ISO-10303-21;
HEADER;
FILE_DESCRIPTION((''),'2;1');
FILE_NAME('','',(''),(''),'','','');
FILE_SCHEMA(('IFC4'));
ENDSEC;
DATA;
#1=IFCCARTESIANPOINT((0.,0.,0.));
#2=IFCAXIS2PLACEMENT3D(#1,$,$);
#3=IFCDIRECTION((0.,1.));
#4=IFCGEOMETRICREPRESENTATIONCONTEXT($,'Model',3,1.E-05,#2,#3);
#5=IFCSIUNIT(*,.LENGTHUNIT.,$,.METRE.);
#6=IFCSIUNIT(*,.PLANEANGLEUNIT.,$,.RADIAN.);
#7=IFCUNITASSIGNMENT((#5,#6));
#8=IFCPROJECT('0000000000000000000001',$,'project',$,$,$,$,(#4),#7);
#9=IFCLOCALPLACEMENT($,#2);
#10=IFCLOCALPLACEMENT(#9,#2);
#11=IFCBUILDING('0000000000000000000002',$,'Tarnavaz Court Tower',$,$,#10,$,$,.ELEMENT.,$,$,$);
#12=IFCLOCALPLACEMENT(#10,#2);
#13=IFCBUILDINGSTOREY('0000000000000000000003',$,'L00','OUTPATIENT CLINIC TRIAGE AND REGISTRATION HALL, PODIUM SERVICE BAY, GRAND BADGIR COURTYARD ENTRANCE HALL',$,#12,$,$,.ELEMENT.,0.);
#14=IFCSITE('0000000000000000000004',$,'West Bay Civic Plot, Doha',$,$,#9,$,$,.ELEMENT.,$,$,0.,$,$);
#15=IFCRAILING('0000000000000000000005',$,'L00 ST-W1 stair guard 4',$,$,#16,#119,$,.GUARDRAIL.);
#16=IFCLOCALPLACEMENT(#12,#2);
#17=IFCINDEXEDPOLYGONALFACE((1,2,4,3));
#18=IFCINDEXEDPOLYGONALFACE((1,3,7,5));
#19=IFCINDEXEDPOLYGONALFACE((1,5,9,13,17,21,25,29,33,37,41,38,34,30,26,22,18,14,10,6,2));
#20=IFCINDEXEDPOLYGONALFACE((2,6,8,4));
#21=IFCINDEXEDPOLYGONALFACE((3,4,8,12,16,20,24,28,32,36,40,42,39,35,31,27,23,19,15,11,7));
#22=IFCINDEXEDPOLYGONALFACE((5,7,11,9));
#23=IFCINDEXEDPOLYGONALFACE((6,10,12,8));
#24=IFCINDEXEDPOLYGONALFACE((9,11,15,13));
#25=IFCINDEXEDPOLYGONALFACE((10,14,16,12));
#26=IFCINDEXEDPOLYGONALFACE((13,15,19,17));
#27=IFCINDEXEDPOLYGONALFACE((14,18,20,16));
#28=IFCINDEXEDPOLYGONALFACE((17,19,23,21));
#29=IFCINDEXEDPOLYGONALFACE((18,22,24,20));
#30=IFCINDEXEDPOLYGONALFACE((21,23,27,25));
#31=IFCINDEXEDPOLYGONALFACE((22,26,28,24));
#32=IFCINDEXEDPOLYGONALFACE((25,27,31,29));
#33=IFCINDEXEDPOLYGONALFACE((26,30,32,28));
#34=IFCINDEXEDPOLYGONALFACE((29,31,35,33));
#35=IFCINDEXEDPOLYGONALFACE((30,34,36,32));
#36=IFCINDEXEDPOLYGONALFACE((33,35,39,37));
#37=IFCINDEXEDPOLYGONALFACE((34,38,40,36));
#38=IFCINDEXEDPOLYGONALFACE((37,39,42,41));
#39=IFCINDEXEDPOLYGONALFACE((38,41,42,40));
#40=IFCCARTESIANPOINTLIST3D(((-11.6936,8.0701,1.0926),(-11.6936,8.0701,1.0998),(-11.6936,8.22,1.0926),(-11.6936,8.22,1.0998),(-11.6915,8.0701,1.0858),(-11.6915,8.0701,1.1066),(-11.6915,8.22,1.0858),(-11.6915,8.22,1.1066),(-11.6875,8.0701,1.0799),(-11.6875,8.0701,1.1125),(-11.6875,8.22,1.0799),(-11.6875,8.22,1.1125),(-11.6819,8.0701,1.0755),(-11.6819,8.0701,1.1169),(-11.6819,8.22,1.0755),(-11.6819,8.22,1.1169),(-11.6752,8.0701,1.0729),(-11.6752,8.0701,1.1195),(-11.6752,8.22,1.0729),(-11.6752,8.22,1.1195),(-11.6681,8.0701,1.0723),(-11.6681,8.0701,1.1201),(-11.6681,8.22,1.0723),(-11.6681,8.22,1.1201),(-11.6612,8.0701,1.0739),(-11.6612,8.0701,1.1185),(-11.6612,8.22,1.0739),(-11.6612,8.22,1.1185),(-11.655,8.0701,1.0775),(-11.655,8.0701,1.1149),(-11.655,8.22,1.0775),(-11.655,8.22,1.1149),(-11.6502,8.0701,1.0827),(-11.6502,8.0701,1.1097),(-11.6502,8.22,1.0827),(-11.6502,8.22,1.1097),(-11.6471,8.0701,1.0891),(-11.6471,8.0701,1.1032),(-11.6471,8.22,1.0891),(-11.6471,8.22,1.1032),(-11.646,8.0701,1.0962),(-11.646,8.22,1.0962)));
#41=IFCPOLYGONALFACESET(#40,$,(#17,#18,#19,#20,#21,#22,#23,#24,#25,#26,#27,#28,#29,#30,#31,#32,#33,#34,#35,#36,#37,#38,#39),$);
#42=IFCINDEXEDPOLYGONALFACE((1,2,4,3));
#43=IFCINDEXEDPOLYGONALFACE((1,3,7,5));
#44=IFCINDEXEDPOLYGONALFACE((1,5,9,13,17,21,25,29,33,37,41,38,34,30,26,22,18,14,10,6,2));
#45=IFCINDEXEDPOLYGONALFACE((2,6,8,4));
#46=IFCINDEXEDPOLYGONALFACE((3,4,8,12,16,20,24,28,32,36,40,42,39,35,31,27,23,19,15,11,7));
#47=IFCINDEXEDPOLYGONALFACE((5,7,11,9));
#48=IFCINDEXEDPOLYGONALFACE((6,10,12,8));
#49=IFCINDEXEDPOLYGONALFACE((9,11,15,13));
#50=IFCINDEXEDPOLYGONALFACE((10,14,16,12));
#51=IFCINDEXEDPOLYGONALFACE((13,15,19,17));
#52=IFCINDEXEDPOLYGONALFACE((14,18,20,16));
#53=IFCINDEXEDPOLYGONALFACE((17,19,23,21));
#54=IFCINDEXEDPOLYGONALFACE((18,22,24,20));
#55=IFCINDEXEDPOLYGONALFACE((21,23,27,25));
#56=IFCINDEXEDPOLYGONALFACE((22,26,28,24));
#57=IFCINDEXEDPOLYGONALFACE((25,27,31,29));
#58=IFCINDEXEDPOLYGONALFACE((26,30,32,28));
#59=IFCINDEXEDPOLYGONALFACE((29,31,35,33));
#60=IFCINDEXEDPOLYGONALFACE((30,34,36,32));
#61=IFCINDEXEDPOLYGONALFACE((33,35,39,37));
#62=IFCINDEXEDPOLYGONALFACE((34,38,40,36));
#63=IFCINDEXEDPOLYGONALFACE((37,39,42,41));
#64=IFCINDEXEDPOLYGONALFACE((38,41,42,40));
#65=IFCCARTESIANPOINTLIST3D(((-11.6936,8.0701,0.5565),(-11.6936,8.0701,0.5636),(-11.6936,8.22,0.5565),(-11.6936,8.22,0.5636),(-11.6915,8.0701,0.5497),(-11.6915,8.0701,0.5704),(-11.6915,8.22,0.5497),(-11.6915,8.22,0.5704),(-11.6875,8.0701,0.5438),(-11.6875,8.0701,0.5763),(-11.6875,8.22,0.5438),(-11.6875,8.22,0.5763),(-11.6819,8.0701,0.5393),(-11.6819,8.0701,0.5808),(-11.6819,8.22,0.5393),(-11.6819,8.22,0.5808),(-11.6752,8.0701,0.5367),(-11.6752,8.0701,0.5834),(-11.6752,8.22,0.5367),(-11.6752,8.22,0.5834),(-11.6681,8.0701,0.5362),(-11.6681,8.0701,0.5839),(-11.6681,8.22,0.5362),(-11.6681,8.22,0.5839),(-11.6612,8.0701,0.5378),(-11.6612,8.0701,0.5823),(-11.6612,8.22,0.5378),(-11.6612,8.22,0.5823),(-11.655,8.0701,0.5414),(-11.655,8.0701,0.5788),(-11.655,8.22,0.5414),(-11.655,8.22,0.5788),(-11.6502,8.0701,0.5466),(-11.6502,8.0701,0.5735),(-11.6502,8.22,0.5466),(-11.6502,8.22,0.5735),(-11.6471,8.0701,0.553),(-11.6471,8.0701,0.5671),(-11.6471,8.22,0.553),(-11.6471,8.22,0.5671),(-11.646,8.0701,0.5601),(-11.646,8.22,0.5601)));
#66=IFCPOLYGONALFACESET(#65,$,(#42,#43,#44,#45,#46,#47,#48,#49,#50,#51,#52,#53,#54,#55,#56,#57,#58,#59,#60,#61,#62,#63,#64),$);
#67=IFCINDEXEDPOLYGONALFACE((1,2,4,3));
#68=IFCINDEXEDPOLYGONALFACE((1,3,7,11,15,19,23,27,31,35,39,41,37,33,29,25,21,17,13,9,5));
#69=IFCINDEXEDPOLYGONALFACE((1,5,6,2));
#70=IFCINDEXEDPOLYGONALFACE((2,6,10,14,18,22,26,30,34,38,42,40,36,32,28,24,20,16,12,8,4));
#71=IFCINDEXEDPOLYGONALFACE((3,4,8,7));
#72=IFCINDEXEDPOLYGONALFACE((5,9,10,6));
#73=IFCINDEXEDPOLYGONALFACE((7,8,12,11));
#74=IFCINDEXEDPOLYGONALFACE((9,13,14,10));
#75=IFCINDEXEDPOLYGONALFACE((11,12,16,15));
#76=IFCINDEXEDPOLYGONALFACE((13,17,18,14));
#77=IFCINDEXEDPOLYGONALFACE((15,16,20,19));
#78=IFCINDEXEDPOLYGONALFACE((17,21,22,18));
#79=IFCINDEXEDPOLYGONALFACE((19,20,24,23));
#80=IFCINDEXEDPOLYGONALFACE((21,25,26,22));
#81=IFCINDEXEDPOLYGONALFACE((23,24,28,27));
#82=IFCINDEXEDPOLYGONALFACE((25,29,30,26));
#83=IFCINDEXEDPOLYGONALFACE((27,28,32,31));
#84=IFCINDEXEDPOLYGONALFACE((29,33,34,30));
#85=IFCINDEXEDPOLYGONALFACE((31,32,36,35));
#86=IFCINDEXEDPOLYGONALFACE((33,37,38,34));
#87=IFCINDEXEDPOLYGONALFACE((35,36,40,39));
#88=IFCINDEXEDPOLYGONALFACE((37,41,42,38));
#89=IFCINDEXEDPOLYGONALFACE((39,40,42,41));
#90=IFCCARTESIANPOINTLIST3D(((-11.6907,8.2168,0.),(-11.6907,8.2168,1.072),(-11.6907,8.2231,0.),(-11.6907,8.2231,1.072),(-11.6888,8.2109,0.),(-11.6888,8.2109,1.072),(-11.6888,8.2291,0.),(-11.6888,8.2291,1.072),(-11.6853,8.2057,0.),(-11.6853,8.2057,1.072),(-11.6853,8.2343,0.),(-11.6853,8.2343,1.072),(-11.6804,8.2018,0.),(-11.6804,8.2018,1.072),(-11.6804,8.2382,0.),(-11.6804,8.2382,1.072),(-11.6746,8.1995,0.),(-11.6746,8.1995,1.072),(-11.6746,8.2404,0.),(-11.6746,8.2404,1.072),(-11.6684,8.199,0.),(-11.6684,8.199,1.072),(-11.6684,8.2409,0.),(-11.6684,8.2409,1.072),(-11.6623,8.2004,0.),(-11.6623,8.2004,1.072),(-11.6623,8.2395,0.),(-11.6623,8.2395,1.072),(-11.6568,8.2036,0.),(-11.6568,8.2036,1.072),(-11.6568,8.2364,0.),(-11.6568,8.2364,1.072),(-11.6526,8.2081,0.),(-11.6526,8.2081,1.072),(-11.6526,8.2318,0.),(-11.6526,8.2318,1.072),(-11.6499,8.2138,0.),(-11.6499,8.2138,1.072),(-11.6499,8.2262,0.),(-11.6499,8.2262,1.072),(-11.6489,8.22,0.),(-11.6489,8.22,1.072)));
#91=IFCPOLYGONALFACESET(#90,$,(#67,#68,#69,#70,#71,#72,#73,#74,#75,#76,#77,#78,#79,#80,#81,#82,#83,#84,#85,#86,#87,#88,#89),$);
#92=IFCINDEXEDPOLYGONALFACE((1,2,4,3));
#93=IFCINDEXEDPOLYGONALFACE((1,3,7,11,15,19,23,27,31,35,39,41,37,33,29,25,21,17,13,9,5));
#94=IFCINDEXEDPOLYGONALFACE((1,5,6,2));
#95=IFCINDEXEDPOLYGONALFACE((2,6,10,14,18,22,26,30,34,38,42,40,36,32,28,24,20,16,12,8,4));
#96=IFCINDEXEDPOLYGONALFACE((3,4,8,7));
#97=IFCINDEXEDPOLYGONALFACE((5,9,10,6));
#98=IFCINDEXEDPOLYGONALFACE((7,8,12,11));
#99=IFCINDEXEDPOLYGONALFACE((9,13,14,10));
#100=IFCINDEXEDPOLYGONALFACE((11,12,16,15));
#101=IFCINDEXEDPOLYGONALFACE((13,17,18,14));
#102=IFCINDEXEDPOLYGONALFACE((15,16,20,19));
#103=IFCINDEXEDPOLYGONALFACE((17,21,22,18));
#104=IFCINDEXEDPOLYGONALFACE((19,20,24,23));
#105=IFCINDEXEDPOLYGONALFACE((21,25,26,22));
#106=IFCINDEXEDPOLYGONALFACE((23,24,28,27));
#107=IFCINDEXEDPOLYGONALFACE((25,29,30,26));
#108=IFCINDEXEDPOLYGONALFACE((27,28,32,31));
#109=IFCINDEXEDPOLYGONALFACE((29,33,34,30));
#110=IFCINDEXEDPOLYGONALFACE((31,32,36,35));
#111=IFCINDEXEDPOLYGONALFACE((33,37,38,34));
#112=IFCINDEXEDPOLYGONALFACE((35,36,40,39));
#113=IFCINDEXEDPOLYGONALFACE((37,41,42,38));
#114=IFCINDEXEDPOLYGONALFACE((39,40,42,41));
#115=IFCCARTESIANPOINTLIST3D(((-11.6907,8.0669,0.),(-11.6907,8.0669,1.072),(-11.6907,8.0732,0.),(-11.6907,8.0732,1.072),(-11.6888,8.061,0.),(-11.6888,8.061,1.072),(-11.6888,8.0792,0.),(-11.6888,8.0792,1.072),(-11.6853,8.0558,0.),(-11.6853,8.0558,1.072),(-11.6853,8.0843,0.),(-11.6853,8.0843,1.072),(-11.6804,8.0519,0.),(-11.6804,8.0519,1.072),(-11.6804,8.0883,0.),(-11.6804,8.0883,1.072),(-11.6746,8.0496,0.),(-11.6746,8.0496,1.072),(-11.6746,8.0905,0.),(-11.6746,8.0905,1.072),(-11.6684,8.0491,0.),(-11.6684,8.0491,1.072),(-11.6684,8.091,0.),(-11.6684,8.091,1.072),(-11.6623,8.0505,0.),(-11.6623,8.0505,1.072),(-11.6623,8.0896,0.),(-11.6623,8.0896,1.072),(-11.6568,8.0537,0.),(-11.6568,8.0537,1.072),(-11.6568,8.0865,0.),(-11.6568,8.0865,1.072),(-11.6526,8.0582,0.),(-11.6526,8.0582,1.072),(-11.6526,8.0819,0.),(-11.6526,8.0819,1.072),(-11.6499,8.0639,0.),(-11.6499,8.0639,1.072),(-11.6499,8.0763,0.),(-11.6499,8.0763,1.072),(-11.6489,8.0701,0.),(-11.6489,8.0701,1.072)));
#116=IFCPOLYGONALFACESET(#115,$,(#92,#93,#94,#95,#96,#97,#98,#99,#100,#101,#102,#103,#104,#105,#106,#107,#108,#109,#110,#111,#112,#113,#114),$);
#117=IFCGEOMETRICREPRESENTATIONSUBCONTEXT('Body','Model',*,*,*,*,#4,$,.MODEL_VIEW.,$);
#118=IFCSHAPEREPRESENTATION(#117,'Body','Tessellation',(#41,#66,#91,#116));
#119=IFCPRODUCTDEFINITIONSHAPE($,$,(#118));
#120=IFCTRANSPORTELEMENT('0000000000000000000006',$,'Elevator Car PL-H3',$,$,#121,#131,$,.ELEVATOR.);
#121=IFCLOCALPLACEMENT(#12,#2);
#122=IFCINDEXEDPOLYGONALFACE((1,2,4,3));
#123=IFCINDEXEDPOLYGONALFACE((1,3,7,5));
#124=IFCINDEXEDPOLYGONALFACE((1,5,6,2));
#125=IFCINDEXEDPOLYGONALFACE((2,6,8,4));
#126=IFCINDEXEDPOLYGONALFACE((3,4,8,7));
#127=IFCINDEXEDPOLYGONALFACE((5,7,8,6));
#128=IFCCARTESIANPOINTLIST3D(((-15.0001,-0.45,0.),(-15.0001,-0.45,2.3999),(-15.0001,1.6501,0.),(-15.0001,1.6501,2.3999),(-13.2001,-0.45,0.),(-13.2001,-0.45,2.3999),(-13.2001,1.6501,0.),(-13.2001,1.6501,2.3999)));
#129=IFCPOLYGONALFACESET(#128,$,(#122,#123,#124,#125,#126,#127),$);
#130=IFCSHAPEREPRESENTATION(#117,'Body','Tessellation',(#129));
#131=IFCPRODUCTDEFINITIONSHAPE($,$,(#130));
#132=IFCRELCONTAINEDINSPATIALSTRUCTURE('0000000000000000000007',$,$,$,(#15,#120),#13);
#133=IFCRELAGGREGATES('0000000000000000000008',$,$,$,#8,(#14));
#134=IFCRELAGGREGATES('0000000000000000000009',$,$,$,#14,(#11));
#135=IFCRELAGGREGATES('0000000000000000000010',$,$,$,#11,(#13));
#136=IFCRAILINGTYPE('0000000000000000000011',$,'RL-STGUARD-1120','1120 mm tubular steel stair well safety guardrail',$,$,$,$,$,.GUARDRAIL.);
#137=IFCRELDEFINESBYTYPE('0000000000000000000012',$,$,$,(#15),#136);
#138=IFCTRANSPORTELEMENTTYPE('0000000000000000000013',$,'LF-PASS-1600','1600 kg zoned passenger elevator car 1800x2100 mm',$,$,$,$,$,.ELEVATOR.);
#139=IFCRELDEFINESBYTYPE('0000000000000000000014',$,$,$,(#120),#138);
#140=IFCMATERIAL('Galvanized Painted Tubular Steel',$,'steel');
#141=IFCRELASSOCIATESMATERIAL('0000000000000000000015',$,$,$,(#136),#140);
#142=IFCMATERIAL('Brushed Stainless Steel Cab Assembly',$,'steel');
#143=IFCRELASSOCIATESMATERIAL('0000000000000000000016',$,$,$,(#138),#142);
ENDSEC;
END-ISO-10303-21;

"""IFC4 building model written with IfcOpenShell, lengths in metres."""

from ifc_helpers import new_model, si_unit, direction, frame, origin, origin_2d, place, context, subcontext, project, spatial, rectangle, circle, extrude, material, type_object, element, save


model = new_model("IFC4")

# Units and contexts
model_context = context("Model", 3, precision=1e-05, world=origin(), true_north=direction((0.0, 1.0)))
body_context = subcontext(model_context, "Body", "Model", "MODEL_VIEW")
ifc_project = project(units=[si_unit("LENGTHUNIT", "METRE"), si_unit("PLANEANGLEUNIT", "RADIAN")], contexts=[model_context])

# Site, building, storey
site_placement = place(None, origin())
site = spatial("IfcSite", under=ifc_project, at=site_placement, Name="West Bay Civic Plot, Doha", CompositionType="ELEMENT", RefElevation=0.0)
building_placement = place(site_placement, origin())
building = spatial("IfcBuilding", under=site, at=building_placement, Name="Tarnavaz Court Tower", CompositionType="ELEMENT")
storey_placement = place(building_placement, origin())
storey = spatial("IfcBuildingStorey", under=building, at=storey_placement, Name="L00", Description="OUTPATIENT CLINIC TRIAGE AND REGISTRATION HALL, PODIUM SERVICE BAY, GRAND BADGIR COURTYARD ENTRANCE HALL", CompositionType="ELEMENT", Elevation=0.0)

# Railing
ifc_material_1 = material(Name="Galvanized Painted Tubular Steel", Category="steel")
railing_type_1 = type_object("IfcRailingType", Name="RL-STGUARD-1120", Description="1120 mm tubular steel stair well safety guardrail", PredefinedType="GUARDRAIL", material=ifc_material_1)
railing_1_placement = place(storey_placement, frame((-11.6699, 8.22, 0.0)))
element("IfcRailing", 1, at=railing_1_placement, inside=storey, type_object=railing_type_1, Name="L00 ST-W1 stair guard 4", PredefinedType="GUARDRAIL", context=body_context, shape_type="SweptSolid", body=[
    extrude(circle(Radius=0.0239, at=origin_2d()), frame((0.0, 0.0, 1.0962), z_axis=(0.0, -1.0, 0.0), x_axis=(1.0, 0.0, 0.0)), (0.0, 0.0, 1.0), 0.1499),
    extrude(circle(Radius=0.0239, at=origin_2d()), frame((0.0, 0.0, 0.5601), z_axis=(0.0, -1.0, 0.0), x_axis=(1.0, 0.0, 0.0)), (0.0, 0.0, 1.0), 0.1499),
    extrude(circle(Radius=0.021, at=origin_2d()), origin(), (0.0, 0.0, 1.0), 1.072),
    extrude(circle(Radius=0.021, at=origin_2d()), frame((0.0, -0.1499, 0.0)), (0.0, 0.0, 1.0), 1.072),
])

# Transport element
ifc_material_2 = material(Name="Brushed Stainless Steel Cab Assembly", Category="steel")
transport_element_type = type_object("IfcTransportElementType", Name="LF-PASS-1600", Description="1600 kg zoned passenger elevator car 1800x2100 mm", PredefinedType="ELEVATOR", material=ifc_material_2)
transport_element_placement = place(storey_placement, frame((-14.1001, 0.6001, 0.0), z_axis=(0.0, 0.0, 1.0), x_axis=(1.0, 0.0, 0.0)))
element("IfcTransportElement", 2, at=transport_element_placement, inside=storey, type_object=transport_element_type, Name="Elevator Car PL-H3", PredefinedType="ELEVATOR", context=body_context, shape_type="SweptSolid", body=[
    extrude(rectangle(XDim=1.8, YDim=2.1001, at=origin_2d()), origin(), (0.0, 0.0, 1.0), 2.3999),
])

save(model, "model.ifc")
